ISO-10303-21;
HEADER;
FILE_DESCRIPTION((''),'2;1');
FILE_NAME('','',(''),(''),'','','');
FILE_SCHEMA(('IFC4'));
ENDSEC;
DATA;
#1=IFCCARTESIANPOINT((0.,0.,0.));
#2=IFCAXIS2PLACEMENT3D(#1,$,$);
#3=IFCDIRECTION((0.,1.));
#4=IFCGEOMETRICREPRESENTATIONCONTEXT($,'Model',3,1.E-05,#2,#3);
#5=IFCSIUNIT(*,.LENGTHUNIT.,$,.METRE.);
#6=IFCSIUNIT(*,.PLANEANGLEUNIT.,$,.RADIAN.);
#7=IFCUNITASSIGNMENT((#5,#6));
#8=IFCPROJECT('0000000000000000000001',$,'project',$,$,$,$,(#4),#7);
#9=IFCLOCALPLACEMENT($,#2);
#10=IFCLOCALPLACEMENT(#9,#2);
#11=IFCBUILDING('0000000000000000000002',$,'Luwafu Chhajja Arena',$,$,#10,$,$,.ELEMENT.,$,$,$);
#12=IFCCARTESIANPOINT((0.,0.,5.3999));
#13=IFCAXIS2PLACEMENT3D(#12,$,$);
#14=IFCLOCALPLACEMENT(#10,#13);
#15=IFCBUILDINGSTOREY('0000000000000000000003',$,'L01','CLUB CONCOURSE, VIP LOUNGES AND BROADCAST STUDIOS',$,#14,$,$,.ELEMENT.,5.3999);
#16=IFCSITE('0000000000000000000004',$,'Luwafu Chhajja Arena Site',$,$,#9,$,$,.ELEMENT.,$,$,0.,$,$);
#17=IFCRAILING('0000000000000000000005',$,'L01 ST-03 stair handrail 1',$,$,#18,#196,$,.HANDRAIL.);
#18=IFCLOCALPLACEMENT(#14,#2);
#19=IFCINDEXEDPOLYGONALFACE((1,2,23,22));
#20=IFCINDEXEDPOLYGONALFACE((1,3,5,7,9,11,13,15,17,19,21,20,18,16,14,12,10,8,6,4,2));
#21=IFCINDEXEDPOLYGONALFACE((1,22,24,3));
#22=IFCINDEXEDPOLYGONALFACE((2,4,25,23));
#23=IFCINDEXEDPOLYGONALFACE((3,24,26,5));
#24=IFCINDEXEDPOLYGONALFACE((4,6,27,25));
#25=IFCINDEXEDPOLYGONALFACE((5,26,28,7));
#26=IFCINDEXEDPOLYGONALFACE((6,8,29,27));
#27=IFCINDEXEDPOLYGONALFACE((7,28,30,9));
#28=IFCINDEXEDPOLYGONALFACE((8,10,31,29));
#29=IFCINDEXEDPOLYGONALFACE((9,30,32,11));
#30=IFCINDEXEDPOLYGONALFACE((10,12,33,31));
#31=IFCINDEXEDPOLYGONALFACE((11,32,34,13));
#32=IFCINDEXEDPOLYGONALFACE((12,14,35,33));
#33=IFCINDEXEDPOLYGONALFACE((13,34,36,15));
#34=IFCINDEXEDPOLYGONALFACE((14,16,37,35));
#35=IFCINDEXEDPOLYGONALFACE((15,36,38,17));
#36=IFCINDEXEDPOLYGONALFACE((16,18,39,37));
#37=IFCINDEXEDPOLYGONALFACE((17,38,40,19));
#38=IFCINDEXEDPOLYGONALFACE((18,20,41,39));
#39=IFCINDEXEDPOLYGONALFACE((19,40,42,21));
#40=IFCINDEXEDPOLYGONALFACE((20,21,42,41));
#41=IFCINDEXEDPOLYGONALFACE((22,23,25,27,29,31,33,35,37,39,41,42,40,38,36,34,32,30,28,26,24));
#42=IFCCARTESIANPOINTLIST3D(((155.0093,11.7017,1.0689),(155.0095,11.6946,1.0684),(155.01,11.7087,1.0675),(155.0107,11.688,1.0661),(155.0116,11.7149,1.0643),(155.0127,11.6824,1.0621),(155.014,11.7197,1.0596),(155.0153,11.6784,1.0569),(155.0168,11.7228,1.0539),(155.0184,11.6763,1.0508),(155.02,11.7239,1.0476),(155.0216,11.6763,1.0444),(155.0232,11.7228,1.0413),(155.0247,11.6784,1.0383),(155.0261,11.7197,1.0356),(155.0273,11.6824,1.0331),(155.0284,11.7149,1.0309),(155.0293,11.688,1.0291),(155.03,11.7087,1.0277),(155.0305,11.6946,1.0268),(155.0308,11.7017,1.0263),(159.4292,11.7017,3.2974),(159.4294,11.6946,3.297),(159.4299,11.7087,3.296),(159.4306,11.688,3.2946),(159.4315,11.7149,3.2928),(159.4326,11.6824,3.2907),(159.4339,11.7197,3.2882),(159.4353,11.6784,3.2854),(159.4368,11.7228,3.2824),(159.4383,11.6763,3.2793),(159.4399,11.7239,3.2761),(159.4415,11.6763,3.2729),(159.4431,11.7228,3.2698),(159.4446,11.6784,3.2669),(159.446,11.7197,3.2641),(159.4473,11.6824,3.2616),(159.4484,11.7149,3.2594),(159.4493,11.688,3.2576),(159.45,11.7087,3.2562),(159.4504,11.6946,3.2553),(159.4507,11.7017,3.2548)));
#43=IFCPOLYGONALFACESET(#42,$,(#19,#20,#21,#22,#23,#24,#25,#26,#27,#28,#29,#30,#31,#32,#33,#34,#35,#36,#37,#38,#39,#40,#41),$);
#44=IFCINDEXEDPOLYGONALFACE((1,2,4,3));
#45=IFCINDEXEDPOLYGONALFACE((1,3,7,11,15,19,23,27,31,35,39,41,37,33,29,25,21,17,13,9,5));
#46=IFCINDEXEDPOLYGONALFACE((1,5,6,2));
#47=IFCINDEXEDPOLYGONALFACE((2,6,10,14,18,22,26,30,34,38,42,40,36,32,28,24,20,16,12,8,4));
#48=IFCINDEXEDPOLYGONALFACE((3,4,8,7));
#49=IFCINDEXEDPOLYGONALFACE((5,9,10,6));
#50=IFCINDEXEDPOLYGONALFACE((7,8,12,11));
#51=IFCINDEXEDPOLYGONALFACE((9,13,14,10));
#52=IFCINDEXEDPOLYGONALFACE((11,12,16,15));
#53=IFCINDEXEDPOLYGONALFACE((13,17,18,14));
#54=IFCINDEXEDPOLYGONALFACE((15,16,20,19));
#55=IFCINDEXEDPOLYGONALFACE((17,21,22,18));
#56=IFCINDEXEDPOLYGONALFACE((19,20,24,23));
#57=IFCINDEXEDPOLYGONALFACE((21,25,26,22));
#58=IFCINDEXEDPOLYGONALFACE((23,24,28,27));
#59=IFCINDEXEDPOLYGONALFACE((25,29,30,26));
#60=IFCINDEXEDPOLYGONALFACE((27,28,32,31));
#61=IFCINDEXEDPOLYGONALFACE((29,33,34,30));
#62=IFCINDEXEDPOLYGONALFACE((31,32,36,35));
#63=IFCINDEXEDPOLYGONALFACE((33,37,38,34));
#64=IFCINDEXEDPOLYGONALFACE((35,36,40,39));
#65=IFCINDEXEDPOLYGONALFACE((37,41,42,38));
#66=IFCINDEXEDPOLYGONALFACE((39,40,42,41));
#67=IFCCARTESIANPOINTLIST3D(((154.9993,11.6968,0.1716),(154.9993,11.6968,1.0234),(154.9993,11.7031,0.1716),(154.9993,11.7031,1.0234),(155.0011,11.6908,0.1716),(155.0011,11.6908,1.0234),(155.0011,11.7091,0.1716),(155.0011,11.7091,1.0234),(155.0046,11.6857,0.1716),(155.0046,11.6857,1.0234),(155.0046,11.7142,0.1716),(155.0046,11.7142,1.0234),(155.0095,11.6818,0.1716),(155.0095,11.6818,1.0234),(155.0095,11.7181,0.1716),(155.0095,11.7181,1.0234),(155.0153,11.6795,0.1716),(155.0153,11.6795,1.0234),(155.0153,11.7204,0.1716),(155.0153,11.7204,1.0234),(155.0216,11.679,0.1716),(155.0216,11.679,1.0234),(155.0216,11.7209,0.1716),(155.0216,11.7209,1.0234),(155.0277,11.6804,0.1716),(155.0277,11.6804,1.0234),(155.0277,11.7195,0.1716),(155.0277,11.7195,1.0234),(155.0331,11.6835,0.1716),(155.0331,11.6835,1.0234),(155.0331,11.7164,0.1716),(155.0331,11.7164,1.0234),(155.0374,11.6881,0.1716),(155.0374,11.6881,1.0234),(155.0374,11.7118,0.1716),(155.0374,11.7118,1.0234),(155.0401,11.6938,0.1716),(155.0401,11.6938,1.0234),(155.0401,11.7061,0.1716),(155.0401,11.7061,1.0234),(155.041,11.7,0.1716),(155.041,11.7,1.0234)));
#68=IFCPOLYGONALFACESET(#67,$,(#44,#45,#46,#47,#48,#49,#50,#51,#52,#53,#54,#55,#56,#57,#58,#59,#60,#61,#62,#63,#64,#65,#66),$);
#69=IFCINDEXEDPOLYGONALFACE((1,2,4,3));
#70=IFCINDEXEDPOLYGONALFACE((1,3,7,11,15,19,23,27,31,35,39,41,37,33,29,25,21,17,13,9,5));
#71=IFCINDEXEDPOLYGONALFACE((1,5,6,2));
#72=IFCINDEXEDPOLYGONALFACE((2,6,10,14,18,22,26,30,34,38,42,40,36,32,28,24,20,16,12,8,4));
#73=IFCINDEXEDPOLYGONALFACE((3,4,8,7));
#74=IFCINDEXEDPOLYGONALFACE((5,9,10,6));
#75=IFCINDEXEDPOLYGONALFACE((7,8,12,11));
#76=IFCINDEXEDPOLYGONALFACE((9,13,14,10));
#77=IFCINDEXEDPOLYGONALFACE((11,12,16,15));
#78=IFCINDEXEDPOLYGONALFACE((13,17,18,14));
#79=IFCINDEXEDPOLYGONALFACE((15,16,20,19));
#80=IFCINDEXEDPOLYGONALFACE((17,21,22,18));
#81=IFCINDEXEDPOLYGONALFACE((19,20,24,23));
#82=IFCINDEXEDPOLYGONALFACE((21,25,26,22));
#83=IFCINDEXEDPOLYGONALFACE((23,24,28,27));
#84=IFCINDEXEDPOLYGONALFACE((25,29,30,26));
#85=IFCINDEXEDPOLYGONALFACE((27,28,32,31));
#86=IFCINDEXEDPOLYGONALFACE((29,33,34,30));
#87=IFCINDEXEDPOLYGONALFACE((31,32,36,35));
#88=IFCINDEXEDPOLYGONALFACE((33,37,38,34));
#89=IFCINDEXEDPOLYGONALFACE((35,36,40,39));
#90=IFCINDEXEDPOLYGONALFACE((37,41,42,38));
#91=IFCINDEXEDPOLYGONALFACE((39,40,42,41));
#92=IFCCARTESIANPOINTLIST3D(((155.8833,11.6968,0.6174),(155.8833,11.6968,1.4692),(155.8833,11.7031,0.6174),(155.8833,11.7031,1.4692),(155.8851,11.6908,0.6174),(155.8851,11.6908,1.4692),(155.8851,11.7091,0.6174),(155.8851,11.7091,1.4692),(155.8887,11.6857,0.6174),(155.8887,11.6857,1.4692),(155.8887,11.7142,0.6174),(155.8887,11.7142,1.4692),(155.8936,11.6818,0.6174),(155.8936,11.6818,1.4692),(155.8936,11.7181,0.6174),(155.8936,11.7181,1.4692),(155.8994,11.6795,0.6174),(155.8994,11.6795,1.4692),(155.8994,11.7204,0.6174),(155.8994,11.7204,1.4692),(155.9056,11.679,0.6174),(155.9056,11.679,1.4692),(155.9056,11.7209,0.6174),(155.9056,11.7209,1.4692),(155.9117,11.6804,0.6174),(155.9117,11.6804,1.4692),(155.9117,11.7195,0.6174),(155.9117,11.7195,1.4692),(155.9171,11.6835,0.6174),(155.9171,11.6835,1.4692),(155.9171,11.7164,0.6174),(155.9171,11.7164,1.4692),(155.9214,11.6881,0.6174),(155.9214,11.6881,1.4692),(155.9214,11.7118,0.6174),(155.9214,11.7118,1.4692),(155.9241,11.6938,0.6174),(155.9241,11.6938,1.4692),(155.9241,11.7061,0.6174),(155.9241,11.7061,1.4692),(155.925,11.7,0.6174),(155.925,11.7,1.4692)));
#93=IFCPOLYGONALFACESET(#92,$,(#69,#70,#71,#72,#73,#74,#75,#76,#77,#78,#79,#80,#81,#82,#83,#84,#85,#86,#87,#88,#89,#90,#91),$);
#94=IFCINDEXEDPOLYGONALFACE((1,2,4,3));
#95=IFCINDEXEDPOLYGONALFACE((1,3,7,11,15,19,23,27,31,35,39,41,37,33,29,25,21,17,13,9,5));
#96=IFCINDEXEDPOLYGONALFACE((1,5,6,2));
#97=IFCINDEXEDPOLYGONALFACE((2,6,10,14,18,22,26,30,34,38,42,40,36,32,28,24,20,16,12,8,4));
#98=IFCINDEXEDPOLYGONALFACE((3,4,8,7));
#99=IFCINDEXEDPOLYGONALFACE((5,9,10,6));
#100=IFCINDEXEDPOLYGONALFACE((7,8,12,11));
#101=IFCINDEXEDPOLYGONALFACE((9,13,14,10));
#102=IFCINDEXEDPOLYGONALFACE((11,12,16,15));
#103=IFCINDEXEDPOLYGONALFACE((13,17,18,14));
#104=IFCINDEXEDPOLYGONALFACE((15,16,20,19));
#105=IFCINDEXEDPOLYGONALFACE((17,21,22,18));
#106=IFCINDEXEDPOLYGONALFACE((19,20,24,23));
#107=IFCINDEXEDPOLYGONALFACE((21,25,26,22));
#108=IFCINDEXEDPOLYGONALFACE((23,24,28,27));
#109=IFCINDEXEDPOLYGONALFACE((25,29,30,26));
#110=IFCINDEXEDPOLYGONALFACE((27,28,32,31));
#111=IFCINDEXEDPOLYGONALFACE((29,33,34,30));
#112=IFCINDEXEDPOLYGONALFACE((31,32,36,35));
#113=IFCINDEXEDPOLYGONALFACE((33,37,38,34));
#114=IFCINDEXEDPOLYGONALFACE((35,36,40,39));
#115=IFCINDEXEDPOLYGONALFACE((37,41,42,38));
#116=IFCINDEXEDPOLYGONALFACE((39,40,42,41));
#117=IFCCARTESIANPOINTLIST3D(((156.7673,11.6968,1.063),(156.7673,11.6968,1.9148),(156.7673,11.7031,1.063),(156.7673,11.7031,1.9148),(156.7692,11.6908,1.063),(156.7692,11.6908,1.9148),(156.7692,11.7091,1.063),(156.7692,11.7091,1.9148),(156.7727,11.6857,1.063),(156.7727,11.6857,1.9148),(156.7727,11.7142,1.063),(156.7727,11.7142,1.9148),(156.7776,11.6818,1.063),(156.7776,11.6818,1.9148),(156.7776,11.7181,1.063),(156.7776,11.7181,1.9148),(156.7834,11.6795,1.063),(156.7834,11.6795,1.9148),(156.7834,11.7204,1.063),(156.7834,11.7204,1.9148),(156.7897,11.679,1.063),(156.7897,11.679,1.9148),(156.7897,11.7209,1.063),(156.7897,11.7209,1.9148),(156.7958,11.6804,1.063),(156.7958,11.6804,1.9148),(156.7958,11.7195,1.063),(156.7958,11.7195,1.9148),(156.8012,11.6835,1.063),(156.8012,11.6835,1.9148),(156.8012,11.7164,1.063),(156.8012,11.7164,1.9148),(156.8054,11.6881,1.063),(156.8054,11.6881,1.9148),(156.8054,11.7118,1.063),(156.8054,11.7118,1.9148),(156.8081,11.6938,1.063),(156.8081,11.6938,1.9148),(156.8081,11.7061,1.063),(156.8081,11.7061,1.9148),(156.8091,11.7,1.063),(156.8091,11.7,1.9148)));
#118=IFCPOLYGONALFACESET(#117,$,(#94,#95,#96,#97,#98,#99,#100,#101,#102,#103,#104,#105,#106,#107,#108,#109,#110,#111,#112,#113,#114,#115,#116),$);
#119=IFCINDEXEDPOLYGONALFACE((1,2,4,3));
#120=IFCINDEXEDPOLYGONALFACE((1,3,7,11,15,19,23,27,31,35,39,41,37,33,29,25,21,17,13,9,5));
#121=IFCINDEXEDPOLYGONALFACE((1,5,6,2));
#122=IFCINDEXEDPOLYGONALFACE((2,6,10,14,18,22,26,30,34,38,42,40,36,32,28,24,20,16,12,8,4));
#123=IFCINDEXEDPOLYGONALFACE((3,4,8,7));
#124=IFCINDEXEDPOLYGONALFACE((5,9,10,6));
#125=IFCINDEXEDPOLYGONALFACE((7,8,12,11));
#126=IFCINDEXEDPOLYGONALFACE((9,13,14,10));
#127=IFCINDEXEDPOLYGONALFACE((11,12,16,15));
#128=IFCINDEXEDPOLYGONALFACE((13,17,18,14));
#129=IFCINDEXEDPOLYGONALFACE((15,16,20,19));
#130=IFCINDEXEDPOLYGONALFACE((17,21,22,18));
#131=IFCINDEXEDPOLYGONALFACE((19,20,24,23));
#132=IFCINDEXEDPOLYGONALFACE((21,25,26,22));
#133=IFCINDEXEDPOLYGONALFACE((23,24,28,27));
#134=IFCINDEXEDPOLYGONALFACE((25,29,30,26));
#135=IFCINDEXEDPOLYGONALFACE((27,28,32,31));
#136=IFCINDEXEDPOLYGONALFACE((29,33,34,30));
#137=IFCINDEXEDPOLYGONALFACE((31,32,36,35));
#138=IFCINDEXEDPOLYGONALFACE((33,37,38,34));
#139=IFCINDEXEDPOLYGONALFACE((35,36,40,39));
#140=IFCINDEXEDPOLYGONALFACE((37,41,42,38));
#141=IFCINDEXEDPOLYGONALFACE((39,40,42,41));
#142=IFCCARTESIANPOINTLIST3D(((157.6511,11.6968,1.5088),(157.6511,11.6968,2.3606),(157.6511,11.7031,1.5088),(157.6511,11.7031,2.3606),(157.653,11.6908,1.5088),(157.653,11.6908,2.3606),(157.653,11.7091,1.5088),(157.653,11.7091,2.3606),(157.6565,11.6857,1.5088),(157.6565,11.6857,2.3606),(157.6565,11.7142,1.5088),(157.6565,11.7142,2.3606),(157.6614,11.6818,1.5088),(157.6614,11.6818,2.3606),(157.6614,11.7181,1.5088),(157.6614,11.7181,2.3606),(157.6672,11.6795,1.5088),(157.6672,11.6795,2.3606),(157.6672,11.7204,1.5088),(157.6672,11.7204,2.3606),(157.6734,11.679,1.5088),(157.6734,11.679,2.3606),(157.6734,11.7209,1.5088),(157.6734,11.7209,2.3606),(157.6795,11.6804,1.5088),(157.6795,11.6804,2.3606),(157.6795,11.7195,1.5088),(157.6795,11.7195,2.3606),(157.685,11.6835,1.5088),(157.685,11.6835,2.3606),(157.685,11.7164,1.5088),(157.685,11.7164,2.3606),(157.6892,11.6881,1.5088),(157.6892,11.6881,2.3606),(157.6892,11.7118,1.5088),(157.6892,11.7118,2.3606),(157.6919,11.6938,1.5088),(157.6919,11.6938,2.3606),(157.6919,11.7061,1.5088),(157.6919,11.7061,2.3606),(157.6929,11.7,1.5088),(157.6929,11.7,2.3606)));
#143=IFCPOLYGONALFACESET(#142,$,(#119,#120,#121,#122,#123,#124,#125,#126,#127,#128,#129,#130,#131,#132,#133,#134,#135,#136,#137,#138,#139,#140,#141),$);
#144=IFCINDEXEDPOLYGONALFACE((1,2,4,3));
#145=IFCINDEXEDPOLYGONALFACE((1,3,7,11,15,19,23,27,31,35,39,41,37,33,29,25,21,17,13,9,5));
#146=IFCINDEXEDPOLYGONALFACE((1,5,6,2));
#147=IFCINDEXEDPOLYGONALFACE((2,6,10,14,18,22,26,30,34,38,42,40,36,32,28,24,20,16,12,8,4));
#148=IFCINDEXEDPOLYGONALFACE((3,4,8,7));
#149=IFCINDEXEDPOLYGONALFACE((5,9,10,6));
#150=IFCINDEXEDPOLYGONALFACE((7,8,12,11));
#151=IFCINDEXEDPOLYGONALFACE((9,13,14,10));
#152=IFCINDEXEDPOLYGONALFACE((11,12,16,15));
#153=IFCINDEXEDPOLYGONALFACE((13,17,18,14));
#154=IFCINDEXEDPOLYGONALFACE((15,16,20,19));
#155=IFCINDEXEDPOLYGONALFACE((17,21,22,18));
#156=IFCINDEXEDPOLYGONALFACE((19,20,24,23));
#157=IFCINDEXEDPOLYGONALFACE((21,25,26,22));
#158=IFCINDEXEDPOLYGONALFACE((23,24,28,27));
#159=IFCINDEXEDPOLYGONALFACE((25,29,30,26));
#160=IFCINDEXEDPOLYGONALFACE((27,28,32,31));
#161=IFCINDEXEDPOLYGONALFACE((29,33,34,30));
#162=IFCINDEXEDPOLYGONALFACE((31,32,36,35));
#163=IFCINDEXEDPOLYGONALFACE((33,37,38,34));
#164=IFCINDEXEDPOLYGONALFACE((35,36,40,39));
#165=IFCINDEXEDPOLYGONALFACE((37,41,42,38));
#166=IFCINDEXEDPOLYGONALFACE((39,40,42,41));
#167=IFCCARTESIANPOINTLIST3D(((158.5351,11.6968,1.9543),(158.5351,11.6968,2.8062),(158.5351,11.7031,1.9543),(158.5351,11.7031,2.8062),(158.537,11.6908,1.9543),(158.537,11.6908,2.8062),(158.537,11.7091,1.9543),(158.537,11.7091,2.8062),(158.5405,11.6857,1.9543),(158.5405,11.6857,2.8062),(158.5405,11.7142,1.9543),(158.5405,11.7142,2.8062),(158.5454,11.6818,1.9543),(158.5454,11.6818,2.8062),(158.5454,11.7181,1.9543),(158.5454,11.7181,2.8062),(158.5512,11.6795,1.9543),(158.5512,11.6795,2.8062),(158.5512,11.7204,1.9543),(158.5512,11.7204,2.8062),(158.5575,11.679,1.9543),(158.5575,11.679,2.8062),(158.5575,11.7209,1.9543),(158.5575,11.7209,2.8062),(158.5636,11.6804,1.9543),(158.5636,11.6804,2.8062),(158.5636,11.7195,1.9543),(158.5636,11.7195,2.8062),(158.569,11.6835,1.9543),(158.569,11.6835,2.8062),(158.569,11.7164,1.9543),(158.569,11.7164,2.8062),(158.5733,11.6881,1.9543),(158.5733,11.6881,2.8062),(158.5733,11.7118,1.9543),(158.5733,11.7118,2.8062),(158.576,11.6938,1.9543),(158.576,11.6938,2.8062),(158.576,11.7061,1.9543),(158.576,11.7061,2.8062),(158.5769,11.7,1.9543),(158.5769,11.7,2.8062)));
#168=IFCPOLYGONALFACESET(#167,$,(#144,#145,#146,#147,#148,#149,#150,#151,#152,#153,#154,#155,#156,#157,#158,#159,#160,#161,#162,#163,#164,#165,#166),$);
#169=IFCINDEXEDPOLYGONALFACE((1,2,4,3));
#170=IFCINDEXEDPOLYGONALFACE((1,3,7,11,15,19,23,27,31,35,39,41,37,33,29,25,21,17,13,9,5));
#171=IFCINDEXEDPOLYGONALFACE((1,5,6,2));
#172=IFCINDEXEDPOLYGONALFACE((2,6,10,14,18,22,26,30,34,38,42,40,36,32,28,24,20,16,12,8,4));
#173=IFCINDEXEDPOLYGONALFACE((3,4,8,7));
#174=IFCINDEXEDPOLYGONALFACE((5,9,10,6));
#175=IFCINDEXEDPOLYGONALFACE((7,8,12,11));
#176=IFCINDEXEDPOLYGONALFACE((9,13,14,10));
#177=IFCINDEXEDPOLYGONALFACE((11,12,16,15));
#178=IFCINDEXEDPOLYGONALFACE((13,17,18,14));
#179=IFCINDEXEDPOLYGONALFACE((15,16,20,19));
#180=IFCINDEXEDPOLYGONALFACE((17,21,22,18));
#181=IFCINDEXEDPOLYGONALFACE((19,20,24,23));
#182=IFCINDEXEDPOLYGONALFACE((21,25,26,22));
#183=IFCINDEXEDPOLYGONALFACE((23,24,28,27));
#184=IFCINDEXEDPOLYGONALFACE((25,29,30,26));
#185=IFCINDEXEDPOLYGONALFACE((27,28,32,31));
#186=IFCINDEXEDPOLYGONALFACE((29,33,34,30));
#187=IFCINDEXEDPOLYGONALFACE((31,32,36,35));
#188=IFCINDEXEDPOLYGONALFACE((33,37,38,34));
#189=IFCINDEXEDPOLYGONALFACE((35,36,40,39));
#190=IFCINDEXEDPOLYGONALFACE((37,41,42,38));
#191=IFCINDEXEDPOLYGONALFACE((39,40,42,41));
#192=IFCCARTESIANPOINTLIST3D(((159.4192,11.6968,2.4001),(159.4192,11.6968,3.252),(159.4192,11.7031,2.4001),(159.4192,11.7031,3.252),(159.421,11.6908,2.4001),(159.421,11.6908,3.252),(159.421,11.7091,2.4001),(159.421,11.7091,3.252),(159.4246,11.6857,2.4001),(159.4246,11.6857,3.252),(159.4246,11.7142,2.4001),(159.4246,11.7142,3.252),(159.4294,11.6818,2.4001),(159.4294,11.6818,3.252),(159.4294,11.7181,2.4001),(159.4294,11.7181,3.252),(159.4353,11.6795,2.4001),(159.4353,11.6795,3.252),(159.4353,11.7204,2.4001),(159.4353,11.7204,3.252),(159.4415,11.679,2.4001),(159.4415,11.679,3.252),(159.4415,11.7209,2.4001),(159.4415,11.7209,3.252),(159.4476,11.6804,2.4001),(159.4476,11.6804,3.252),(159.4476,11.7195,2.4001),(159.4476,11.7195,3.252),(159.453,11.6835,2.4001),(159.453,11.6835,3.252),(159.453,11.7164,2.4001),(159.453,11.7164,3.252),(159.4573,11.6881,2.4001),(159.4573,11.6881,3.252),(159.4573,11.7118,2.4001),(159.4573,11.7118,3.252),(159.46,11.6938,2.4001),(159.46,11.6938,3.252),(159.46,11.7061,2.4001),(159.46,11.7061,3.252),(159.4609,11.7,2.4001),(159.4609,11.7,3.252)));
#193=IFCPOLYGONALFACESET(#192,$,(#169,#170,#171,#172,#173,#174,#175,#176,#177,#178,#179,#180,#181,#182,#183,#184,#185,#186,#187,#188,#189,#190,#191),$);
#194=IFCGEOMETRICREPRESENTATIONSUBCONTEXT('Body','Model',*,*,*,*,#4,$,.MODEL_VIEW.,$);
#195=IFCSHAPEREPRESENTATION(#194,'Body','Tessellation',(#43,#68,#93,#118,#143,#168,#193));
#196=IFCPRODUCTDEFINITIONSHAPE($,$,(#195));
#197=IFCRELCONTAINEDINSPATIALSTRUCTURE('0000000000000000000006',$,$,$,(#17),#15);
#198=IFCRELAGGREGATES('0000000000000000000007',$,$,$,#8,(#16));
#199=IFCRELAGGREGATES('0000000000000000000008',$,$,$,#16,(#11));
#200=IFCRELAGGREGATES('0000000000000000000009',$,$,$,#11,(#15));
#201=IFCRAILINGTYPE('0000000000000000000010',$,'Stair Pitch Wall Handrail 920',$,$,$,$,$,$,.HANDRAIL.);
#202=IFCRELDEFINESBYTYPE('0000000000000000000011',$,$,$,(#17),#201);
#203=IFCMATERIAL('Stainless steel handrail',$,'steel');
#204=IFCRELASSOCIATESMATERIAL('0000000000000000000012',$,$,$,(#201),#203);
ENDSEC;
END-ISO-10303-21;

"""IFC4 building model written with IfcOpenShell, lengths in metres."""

from ifc_helpers import new_model, si_unit, direction, frame, origin, origin_2d, place, context, subcontext, project, spatial, circle, extrude, material, type_object, element, save


model = new_model("IFC4")

# Units and contexts
model_context = context("Model", 3, precision=1e-05, world=origin(), true_north=direction((0.0, 1.0)))
body_context = subcontext(model_context, "Body", "Model", "MODEL_VIEW")
ifc_project = project(units=[si_unit("LENGTHUNIT", "METRE"), si_unit("PLANEANGLEUNIT", "RADIAN")], contexts=[model_context])

# Site, building, storey
site_placement = place(None, origin())
site = spatial("IfcSite", under=ifc_project, at=site_placement, Name="Luwafu Chhajja Arena Site", CompositionType="ELEMENT", RefElevation=0.0)
building_placement = place(site_placement, origin())
building = spatial("IfcBuilding", under=site, at=building_placement, Name="Luwafu Chhajja Arena", CompositionType="ELEMENT")
storey_placement = place(building_placement, frame((0.0, 0.0, 5.3999)))
storey = spatial("IfcBuildingStorey", under=building, at=storey_placement, Name="L01", Description="CLUB CONCOURSE, VIP LOUNGES AND BROADCAST STUDIOS", CompositionType="ELEMENT", Elevation=5.3999)

# Railing
ifc_material_1 = material(Name="Stainless steel handrail", Category="steel")
railing_type_1 = type_object("IfcRailingType", Name="Stair Pitch Wall Handrail 920", PredefinedType="HANDRAIL", material=ifc_material_1)
for number, where, name in (
    (1, (155.02, 11.7, 0.1716), "L01 ST-03 stair handrail 1"),
):
    element("IfcRailing", number, at=place(storey_placement, frame(where)), inside=storey, type_object=railing_type_1, Name=name, PredefinedType="HANDRAIL", context=body_context, shape_type="SweptSolid", body=[
        extrude(circle(Radius=0.0239, at=origin_2d()), frame((0.0, 0.0, 0.876), z_axis=(0.892923, 0.0, 0.45021), x_axis=(0.0, 1.0, 0.0)), (0.0, 0.0, 1.0), 4.95),
        extrude(circle(Radius=0.021, at=origin_2d()), origin(), (0.0, 0.0, 1.0), 0.8518),
        extrude(circle(Radius=0.021, at=origin_2d()), frame((0.884, 0.0, 0.4458)), (0.0, 0.0, 1.0), 0.8518),
        extrude(circle(Radius=0.021, at=origin_2d()), frame((1.7681, 0.0, 0.8914)), (0.0, 0.0, 1.0), 0.8518),
        extrude(circle(Radius=0.021, at=origin_2d()), frame((2.6519, 0.0, 1.3372)), (0.0, 0.0, 1.0), 0.8518),
        extrude(circle(Radius=0.021, at=origin_2d()), frame((3.5359, 0.0, 1.7827)), (0.0, 0.0, 1.0), 0.8518),
        extrude(circle(Radius=0.021, at=origin_2d()), frame((4.4199, 0.0, 2.2285)), (0.0, 0.0, 1.0), 0.8518),
    ])

save(model, "model.ifc")
